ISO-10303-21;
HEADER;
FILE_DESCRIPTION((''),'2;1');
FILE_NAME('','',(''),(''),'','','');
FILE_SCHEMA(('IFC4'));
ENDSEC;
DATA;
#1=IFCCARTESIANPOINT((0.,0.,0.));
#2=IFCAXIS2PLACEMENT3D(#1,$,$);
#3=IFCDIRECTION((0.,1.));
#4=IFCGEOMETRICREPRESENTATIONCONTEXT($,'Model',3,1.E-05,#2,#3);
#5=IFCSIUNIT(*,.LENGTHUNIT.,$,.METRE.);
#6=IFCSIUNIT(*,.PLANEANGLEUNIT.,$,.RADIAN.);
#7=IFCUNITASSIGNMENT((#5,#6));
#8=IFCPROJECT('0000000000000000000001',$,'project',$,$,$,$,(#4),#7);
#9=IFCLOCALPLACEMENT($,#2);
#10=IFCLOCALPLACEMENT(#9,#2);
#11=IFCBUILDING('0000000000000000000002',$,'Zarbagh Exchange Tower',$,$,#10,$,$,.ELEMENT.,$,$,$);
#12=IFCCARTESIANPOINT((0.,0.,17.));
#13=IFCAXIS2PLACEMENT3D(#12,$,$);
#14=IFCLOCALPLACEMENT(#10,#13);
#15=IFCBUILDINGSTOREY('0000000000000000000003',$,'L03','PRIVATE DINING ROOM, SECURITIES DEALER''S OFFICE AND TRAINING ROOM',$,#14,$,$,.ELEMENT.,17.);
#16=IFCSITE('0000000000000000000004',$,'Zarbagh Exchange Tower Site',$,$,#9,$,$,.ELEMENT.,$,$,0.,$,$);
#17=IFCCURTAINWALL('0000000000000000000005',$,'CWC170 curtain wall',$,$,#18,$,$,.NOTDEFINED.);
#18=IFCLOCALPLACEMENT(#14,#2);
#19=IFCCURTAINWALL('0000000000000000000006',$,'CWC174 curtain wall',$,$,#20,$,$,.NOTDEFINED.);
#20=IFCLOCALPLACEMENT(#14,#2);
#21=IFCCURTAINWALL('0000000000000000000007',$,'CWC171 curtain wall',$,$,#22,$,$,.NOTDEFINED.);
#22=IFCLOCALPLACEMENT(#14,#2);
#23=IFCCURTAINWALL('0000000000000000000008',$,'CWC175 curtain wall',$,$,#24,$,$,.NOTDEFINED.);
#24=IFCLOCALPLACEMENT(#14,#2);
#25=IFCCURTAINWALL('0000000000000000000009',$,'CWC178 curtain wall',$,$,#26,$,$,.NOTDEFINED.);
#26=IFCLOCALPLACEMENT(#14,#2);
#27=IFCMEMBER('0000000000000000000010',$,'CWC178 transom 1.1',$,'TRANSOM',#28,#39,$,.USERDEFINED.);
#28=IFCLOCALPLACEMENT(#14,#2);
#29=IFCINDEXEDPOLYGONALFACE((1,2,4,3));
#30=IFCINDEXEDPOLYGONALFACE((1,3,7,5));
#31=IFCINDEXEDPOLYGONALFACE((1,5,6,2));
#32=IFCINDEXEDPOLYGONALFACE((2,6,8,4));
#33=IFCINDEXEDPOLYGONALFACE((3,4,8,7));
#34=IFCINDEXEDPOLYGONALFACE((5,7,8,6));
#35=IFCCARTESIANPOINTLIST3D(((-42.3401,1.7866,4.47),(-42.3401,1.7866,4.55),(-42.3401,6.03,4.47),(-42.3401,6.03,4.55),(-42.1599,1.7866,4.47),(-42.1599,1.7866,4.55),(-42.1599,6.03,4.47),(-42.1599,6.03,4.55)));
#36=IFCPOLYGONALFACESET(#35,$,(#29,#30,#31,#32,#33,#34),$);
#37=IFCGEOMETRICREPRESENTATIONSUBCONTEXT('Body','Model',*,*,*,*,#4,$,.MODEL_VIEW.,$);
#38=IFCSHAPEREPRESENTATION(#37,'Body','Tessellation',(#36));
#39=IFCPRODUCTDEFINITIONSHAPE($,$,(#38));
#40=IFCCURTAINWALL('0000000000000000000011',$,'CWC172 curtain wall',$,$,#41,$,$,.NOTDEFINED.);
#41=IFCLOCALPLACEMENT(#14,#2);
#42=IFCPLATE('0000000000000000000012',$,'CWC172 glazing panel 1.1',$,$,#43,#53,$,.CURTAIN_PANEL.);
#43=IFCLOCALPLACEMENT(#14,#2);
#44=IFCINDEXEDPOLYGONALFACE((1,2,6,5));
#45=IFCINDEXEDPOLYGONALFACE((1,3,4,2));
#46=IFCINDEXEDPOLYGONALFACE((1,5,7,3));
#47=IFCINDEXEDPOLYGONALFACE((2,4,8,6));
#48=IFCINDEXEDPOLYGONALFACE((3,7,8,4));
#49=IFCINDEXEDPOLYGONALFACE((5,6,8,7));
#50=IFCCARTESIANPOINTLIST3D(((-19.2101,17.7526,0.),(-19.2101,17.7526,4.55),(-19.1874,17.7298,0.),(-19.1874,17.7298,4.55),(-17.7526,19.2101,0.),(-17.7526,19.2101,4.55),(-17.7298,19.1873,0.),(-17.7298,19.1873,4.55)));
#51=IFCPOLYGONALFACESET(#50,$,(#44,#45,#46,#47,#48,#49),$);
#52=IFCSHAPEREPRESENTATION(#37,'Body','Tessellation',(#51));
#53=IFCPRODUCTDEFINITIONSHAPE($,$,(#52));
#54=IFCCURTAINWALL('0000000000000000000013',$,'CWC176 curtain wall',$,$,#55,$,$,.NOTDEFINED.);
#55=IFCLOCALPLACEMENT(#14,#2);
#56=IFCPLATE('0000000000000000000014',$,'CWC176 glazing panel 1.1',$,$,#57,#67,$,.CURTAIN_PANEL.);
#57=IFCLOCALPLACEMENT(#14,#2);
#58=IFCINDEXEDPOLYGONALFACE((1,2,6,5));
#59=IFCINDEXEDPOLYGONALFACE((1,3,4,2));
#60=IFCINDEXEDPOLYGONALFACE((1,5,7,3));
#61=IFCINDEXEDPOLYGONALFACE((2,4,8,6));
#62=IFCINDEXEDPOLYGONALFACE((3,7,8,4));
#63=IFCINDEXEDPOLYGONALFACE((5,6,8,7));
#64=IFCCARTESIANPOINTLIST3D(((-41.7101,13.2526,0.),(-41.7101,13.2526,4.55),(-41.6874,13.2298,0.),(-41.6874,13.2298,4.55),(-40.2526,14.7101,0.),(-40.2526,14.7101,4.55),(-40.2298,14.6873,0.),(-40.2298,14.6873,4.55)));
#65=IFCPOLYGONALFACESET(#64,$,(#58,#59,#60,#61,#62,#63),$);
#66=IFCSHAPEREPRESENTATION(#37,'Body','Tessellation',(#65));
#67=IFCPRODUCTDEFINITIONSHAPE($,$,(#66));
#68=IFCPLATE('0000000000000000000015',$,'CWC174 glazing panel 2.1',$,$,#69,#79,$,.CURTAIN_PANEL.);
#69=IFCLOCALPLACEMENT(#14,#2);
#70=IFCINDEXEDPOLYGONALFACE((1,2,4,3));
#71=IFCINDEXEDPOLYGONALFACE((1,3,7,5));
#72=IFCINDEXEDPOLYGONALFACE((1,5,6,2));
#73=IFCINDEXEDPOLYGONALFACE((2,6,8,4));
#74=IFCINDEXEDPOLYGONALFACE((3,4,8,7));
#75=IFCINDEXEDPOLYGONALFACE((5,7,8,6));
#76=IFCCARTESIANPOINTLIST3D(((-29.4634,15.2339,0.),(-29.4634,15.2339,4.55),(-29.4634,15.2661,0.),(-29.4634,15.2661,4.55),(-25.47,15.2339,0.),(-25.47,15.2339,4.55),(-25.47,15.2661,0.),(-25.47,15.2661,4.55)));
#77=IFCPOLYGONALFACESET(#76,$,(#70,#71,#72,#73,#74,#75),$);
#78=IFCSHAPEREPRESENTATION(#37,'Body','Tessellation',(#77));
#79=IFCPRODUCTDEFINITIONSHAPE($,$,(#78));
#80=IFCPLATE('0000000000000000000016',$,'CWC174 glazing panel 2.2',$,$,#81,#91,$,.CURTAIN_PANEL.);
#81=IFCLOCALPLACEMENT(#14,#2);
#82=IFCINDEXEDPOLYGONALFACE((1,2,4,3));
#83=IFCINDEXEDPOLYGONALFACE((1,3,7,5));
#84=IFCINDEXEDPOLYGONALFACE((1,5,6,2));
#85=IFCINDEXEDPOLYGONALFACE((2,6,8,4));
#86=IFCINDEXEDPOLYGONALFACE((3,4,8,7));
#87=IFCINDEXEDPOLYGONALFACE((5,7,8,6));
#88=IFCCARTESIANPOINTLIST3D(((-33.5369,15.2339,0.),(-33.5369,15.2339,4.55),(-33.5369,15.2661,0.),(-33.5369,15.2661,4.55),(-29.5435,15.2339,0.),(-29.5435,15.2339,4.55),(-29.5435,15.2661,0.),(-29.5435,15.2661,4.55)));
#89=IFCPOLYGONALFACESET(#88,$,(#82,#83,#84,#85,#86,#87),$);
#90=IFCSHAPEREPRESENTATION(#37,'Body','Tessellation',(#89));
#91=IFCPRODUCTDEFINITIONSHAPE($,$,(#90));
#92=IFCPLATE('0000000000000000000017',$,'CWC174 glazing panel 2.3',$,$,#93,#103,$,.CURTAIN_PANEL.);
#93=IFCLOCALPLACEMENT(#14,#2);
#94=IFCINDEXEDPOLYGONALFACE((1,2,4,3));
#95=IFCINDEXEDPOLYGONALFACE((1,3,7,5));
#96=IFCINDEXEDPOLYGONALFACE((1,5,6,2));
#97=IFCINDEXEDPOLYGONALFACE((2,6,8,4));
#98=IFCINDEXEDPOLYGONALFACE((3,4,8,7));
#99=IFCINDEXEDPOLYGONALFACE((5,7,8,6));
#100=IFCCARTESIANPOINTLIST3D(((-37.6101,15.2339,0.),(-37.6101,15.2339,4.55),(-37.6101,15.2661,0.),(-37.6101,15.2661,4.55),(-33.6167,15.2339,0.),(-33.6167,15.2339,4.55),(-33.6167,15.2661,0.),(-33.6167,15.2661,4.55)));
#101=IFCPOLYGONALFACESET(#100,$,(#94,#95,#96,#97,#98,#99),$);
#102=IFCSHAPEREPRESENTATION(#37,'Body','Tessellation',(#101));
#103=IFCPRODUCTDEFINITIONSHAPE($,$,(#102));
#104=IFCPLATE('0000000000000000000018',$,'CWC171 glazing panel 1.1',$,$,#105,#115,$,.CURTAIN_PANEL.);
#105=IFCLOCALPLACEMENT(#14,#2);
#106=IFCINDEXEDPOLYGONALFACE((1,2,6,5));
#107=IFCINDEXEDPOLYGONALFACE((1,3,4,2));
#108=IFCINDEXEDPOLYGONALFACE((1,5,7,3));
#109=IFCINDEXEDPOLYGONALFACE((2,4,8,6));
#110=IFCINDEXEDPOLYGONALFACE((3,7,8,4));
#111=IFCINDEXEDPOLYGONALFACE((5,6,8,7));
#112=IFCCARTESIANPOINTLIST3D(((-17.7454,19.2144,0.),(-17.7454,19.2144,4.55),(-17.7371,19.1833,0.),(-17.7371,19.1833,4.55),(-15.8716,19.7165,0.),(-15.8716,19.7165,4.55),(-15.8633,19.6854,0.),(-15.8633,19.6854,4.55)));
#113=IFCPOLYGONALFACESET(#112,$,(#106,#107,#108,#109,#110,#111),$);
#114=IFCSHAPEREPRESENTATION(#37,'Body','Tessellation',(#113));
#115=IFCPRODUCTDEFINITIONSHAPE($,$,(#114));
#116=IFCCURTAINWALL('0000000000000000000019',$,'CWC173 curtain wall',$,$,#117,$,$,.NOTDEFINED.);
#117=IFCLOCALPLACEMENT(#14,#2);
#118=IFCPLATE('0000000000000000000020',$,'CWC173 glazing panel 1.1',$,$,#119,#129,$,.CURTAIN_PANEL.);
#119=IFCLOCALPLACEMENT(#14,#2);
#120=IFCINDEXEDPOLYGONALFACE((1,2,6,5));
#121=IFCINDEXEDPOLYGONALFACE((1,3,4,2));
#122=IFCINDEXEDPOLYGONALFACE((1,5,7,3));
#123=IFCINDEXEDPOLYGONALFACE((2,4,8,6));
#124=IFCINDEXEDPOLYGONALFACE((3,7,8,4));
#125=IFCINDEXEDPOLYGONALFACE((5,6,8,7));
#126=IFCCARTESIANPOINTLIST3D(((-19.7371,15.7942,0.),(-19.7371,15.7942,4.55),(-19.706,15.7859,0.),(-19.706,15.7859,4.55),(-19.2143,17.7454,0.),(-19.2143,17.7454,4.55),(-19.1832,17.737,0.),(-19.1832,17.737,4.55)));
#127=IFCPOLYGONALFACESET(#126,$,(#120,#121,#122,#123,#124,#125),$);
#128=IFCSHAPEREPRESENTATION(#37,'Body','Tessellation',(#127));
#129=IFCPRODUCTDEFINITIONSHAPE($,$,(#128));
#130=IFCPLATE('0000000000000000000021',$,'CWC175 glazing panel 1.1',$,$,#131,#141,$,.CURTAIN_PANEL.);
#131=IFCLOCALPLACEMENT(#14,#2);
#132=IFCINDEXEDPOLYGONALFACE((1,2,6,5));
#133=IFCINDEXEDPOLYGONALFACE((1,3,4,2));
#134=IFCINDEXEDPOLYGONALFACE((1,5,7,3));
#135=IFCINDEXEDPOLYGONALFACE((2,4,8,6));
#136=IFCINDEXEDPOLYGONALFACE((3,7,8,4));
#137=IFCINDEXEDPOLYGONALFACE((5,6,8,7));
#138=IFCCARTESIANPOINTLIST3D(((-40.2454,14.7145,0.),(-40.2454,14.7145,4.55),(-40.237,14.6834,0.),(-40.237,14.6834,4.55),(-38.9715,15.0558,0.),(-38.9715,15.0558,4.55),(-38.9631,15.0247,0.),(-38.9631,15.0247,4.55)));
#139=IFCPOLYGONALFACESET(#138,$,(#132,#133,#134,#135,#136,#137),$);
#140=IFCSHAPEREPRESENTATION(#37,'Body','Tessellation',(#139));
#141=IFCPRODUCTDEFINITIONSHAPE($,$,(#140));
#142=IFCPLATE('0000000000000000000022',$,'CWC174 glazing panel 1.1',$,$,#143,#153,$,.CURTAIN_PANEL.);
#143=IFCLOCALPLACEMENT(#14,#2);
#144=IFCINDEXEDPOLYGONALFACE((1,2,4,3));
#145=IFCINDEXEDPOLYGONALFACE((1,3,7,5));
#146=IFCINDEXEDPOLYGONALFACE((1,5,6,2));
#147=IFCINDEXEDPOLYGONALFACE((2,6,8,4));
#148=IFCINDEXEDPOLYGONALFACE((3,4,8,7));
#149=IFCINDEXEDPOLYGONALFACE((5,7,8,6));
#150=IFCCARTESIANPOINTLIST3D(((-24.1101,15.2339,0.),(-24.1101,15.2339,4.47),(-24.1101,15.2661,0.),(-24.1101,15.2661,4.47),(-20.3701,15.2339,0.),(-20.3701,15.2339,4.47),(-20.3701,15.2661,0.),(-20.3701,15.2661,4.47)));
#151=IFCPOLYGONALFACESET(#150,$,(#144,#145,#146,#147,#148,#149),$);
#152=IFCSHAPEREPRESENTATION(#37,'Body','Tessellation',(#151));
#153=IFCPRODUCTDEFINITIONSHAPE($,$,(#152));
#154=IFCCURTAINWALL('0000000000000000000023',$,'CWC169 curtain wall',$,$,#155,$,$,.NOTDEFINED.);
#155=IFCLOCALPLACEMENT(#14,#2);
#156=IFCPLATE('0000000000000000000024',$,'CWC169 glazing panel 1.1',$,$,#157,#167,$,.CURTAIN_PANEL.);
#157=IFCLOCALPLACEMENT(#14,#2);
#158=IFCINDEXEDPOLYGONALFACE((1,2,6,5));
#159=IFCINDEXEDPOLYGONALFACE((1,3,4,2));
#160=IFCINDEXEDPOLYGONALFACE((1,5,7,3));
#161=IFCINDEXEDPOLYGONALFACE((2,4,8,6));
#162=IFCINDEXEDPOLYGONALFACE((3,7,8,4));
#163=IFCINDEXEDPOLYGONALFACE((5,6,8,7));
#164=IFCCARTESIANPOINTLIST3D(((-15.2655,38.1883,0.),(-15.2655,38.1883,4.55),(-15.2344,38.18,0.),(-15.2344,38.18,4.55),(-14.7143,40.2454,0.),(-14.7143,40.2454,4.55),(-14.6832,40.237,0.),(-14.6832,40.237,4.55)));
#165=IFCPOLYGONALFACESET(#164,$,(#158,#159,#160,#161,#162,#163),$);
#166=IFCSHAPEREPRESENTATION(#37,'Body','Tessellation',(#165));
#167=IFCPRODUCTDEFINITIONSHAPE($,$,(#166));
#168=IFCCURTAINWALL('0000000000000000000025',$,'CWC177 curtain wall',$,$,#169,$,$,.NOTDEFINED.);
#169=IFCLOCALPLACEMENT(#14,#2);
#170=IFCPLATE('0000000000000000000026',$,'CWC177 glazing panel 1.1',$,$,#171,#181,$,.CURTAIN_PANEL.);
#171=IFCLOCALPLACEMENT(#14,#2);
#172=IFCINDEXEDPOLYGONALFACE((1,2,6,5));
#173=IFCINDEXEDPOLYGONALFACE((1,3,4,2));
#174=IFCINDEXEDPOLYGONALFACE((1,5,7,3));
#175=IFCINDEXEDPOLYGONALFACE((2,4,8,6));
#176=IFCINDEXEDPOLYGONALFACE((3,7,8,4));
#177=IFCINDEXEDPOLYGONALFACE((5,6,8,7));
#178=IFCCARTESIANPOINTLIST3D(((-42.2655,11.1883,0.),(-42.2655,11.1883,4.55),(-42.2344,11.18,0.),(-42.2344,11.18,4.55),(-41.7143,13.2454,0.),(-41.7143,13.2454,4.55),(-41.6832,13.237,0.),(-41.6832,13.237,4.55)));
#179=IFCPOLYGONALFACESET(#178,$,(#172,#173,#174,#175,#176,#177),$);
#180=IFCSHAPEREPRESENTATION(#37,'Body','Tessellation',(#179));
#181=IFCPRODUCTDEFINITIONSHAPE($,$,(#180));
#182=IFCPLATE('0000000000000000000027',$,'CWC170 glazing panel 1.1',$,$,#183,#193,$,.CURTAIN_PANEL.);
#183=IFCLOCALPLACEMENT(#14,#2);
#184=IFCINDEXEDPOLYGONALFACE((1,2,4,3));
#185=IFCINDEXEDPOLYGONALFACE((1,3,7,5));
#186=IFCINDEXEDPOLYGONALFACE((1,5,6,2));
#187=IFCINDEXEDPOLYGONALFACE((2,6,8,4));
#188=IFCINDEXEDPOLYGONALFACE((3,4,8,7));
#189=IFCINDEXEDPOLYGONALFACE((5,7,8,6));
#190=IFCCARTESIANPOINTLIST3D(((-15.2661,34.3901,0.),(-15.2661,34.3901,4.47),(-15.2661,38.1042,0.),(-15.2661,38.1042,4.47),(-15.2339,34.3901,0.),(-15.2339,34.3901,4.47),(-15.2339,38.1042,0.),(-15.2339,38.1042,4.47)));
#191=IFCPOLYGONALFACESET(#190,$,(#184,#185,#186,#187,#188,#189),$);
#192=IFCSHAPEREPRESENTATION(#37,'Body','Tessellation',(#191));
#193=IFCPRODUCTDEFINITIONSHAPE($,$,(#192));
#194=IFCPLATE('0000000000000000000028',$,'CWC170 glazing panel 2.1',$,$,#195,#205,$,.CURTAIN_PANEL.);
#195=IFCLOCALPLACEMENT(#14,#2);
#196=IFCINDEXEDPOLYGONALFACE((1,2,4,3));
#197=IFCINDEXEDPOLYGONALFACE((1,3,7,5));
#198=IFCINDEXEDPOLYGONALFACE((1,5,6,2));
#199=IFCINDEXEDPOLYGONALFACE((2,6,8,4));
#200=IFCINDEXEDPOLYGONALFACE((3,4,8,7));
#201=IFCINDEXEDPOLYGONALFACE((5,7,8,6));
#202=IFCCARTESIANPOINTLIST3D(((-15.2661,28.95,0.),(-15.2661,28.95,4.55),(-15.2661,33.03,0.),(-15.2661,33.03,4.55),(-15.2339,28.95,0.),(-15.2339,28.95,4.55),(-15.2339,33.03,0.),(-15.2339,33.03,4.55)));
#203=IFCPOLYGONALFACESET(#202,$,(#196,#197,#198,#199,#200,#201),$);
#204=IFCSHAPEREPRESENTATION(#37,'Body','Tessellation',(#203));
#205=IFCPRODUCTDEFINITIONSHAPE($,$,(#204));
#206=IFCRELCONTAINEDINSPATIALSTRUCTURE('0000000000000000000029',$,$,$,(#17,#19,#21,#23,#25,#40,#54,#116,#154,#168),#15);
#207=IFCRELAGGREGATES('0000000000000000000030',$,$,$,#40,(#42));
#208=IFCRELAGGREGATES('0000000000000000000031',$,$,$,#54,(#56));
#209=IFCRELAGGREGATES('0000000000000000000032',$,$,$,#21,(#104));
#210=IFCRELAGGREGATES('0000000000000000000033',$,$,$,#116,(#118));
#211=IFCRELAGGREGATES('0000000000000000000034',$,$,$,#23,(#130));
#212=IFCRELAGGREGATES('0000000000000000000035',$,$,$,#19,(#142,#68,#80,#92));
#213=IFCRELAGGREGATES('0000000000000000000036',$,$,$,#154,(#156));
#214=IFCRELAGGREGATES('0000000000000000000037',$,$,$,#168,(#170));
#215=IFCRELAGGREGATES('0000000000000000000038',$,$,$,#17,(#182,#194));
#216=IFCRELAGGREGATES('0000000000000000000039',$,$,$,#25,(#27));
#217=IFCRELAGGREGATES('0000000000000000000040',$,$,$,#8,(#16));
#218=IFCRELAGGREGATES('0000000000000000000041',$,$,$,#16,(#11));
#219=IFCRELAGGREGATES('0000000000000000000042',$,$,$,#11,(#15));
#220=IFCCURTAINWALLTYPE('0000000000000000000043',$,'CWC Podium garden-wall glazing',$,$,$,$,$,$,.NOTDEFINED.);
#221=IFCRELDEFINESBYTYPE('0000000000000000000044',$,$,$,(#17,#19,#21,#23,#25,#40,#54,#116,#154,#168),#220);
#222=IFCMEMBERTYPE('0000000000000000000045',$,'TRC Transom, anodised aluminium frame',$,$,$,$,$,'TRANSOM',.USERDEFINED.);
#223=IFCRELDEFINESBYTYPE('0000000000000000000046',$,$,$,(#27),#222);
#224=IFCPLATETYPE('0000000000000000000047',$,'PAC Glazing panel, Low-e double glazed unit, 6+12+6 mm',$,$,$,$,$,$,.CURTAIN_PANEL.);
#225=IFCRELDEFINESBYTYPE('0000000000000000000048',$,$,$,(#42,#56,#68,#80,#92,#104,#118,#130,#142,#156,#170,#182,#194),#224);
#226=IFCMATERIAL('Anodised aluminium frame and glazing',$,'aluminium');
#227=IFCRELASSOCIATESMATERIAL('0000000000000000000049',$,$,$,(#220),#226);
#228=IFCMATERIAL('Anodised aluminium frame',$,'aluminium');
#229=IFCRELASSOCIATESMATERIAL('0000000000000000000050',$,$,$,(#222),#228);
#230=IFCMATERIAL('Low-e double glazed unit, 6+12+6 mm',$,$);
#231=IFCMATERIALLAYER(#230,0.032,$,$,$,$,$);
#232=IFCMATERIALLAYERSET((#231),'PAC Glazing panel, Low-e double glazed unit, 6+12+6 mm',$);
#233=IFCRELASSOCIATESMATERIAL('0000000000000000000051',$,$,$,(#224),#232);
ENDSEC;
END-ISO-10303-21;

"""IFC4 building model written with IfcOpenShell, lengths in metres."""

from ifc_helpers import new_model, si_unit, direction, frame, origin, place, context, subcontext, project, spatial, polyline, outline, extrude, source, transform, mapped, material, layer, layer_set, type_object, element, aggregate, save


model = new_model("IFC4")

# Units and contexts
model_context = context("Model", 3, precision=1e-05, world=origin(), true_north=direction((0.0, 1.0)))
body_context = subcontext(model_context, "Body", "Model", "MODEL_VIEW")
ifc_project = project(units=[si_unit("LENGTHUNIT", "METRE"), si_unit("PLANEANGLEUNIT", "RADIAN")], contexts=[model_context])

# Site, building, storey
site_placement = place(None, origin())
site = spatial("IfcSite", under=ifc_project, at=site_placement, Name="Zarbagh Exchange Tower Site", CompositionType="ELEMENT", RefElevation=0.0)
building_placement = place(site_placement, origin())
building = spatial("IfcBuilding", under=site, at=building_placement, Name="Zarbagh Exchange Tower", CompositionType="ELEMENT")
storey_placement = place(building_placement, frame((0.0, 0.0, 17.0)))
storey = spatial("IfcBuildingStorey", under=building, at=storey_placement, Name="L03", Description="PRIVATE DINING ROOM, SECURITIES DEALER'S OFFICE AND TRAINING ROOM", CompositionType="ELEMENT", Elevation=17.0)

# Curtain walls
ifc_material_1 = material(Name="Anodised aluminium frame and glazing", Category="aluminium")
curtain_wall_type = type_object("IfcCurtainWallType", Name="CWC Podium garden-wall glazing", PredefinedType="NOTDEFINED", material=ifc_material_1)
curtain_wall_1_placement = place(storey_placement, origin())
curtain_wall_1 = element("IfcCurtainWall", 1, at=curtain_wall_1_placement, inside=storey, type_object=curtain_wall_type, Name="CWC170 curtain wall", PredefinedType="NOTDEFINED")
ifc_material_2 = material(Name="Anodised aluminium frame", Category="aluminium")
member_type_1 = type_object("IfcMemberType", Name="TRC Transom, anodised aluminium frame", ElementType="TRANSOM", PredefinedType="USERDEFINED", material=ifc_material_2)
placement = place(storey_placement, origin())
curtain_wall_2_placement = place(storey_placement, origin())
curtain_wall_2 = element("IfcCurtainWall", 2, at=curtain_wall_2_placement, inside=storey, type_object=curtain_wall_type, Name="CWC174 curtain wall", PredefinedType="NOTDEFINED")

# Curtain wall
curtain_wall_3_placement = place(storey_placement, origin())
curtain_wall_3 = element("IfcCurtainWall", 3, at=curtain_wall_3_placement, inside=storey, type_object=curtain_wall_type, Name="CWC171 curtain wall", PredefinedType="NOTDEFINED")

# Curtain wall
curtain_wall_4_placement = place(storey_placement, origin())
curtain_wall_4 = element("IfcCurtainWall", 4, at=curtain_wall_4_placement, inside=storey, type_object=curtain_wall_type, Name="CWC175 curtain wall", PredefinedType="NOTDEFINED")

# Curtain wall, member
curtain_wall_5_placement = place(storey_placement, origin())
curtain_wall_5 = element("IfcCurtainWall", 5, at=curtain_wall_5_placement, inside=storey, type_object=curtain_wall_type, Name="CWC178 curtain wall", PredefinedType="NOTDEFINED")
shared_shape_1 = source(origin(), body_context, "Body", "SweptSolid", [
    extrude(outline(polyline([(-0.0801, -0.0901), (0.0, -0.0901), (0.0, 0.0901), (-0.0801, 0.0901), (-0.0801, -0.0901)])), origin(), (0.0, 0.0, 1.0), 4.2434),
])
member_1 = element("IfcMember", 6, at=placement, type_object=member_type_1, Name="CWC178 transom 1.1", ObjectType="TRANSOM", PredefinedType="USERDEFINED", context=body_context, shape_type="MappedRepresentation", body=[
    mapped(shared_shape_1, transform((-42.25, 6.03, 4.55), x_axis=(0.0, 0.0, 1.0), y_axis=(-1.0, 0.0, 0.0), z_axis=(0.0, -1.0, 0.0))),
])

# Curtain walls, plates
curtain_wall_6_placement = place(storey_placement, origin())
curtain_wall_6 = element("IfcCurtainWall", 7, at=curtain_wall_6_placement, inside=storey, type_object=curtain_wall_type, Name="CWC172 curtain wall", PredefinedType="NOTDEFINED")
ifc_material_3 = material(Name="Low-e double glazed unit, 6+12+6 mm")
ifc_layer = layer(ifc_material_3, 0.032)
ifc_layer_set = layer_set([ifc_layer], Name="PAC Glazing panel, Low-e double glazed unit, 6+12+6 mm")
plate_type = type_object("IfcPlateType", Name="PAC Glazing panel, Low-e double glazed unit, 6+12+6 mm", PredefinedType="CURTAIN_PANEL", material=ifc_layer_set)
shared_shape_2 = source(origin(), body_context, "Body", "SweptSolid", [
    extrude(outline(polyline([(0.0, -0.0161), (2.0613, -0.0161), (2.0613, 0.0161), (0.0, 0.0161), (0.0, -0.0161)])), origin(), (0.0, 0.0, 1.0), 4.55),
])
plate_1 = element("IfcPlate", 8, at=placement, type_object=plate_type, Name="CWC172 glazing panel 1.1", PredefinedType="CURTAIN_PANEL", context=body_context, shape_type="MappedRepresentation", body=[
    mapped(shared_shape_2, transform((-17.7412, 19.1987, 0.0), x_axis=(-0.707107, -0.707107, 0.0), y_axis=(0.707107, -0.707107, 0.0), z_axis=(0.0, 0.0, 1.0))),
])
aggregate(curtain_wall_6, [plate_1])
curtain_wall_7_placement = place(storey_placement, origin())
curtain_wall_7 = element("IfcCurtainWall", 9, at=curtain_wall_7_placement, inside=storey, type_object=curtain_wall_type, Name="CWC176 curtain wall", PredefinedType="NOTDEFINED")
plate_2 = element("IfcPlate", 10, at=placement, type_object=plate_type, Name="CWC176 glazing panel 1.1", PredefinedType="CURTAIN_PANEL", context=body_context, shape_type="MappedRepresentation", body=[
    mapped(shared_shape_2, transform((-40.2412, 14.6987, 0.0), x_axis=(-0.707107, -0.707107, 0.0), y_axis=(0.707107, -0.707107, 0.0), z_axis=(0.0, 0.0, 1.0))),
])
aggregate(curtain_wall_7, [plate_2])

# Plates
shared_shape_3 = source(origin(), body_context, "Body", "SweptSolid", [
    extrude(outline(polyline([(0.0, -0.0161), (3.9934, -0.0161), (3.9934, 0.0161), (0.0, 0.0161), (0.0, -0.0161)])), origin(), (0.0, 0.0, 1.0), 4.55),
])
plate_3 = element("IfcPlate", 11, at=placement, type_object=plate_type, Name="CWC174 glazing panel 2.1", PredefinedType="CURTAIN_PANEL", context=body_context, shape_type="MappedRepresentation", body=[
    mapped(shared_shape_3, transform((-25.47, 15.25, 0.0), x_axis=(-1.0, 0.0, 0.0), y_axis=(0.0, -1.0, 0.0), z_axis=(0.0, 0.0, 1.0))),
])
plate_4 = element("IfcPlate", 12, at=placement, type_object=plate_type, Name="CWC174 glazing panel 2.2", PredefinedType="CURTAIN_PANEL", context=body_context, shape_type="MappedRepresentation", body=[
    mapped(shared_shape_3, transform((-29.5435, 15.25, 0.0), x_axis=(-1.0, 0.0, 0.0), y_axis=(0.0, -1.0, 0.0), z_axis=(0.0, 0.0, 1.0))),
])
plate_5 = element("IfcPlate", 13, at=placement, type_object=plate_type, Name="CWC174 glazing panel 2.3", PredefinedType="CURTAIN_PANEL", context=body_context, shape_type="MappedRepresentation", body=[
    mapped(shared_shape_3, transform((-33.6167, 15.25, 0.0), x_axis=(-1.0, 0.0, 0.0), y_axis=(0.0, -1.0, 0.0), z_axis=(0.0, 0.0, 1.0))),
])
shared_shape_4 = source(origin(), body_context, "Body", "SweptSolid", [
    extrude(outline(polyline([(0.0, -0.0161), (1.9399, -0.0161), (1.9399, 0.0161), (0.0, 0.0161), (0.0, -0.0161)])), origin(), (0.0, 0.0, 1.0), 4.55),
])
plate_6 = element("IfcPlate", 14, at=placement, type_object=plate_type, Name="CWC171 glazing panel 1.1", PredefinedType="CURTAIN_PANEL", context=body_context, shape_type="MappedRepresentation", body=[
    mapped(shared_shape_4, transform((-15.8674, 19.7009, 0.0), x_axis=(-0.965924, -0.258825, 0.0), y_axis=(0.258825, -0.965924, 0.0), z_axis=(0.0, 0.0, 1.0))),
])
aggregate(curtain_wall_3, [plate_6])

# Curtain wall, plate
curtain_wall_8_placement = place(storey_placement, origin())
curtain_wall_8 = element("IfcCurtainWall", 15, at=curtain_wall_8_placement, inside=storey, type_object=curtain_wall_type, Name="CWC173 curtain wall", PredefinedType="NOTDEFINED")
shared_shape_5 = source(origin(), body_context, "Body", "SweptSolid", [
    extrude(outline(polyline([(0.0, -0.0161), (2.02, -0.0161), (2.02, 0.0161), (0.0, 0.0161), (0.0, -0.0161)])), origin(), (0.0, 0.0, 1.0), 4.55),
])
plate_7 = element("IfcPlate", 16, at=placement, type_object=plate_type, Name="CWC173 glazing panel 1.1", PredefinedType="CURTAIN_PANEL", context=body_context, shape_type="MappedRepresentation", body=[
    mapped(shared_shape_5, transform((-19.1987, 17.7412, 0.0), x_axis=(-0.258825, -0.965924, 0.0), y_axis=(0.965924, -0.258825, 0.0), z_axis=(0.0, 0.0, 1.0))),
])
aggregate(curtain_wall_8, [plate_7])

# Plates
shared_shape_6 = source(origin(), body_context, "Body", "SweptSolid", [
    extrude(outline(polyline([(0.0, -0.0161), (1.3188, -0.0161), (1.3188, 0.0161), (0.0, 0.0161), (0.0, -0.0161)])), origin(), (0.0, 0.0, 1.0), 4.55),
])
plate_8 = element("IfcPlate", 17, at=placement, type_object=plate_type, Name="CWC175 glazing panel 1.1", PredefinedType="CURTAIN_PANEL", context=body_context, shape_type="MappedRepresentation", body=[
    mapped(shared_shape_6, transform((-38.9673, 15.0403, 0.0), x_axis=(-0.965924, -0.258825, 0.0), y_axis=(0.258825, -0.965924, 0.0), z_axis=(0.0, 0.0, 1.0))),
])
aggregate(curtain_wall_4, [plate_8])
shared_shape_7 = source(origin(), body_context, "Body", "SweptSolid", [
    extrude(outline(polyline([(0.0, -0.0161), (3.74, -0.0161), (3.74, 0.0161), (0.0, 0.0161), (0.0, -0.0161)])), origin(), (0.0, 0.0, 1.0), 4.47),
])
plate_9 = element("IfcPlate", 18, at=placement, type_object=plate_type, Name="CWC174 glazing panel 1.1", PredefinedType="CURTAIN_PANEL", context=body_context, shape_type="MappedRepresentation", body=[
    mapped(shared_shape_7, transform((-20.3701, 15.25, 0.0), x_axis=(-1.0, 0.0, 0.0), y_axis=(0.0, -1.0, 0.0), z_axis=(0.0, 0.0, 1.0))),
])
aggregate(curtain_wall_2, [plate_9, plate_3, plate_4, plate_5])

# Curtain walls, plates
curtain_wall_9_placement = place(storey_placement, origin())
curtain_wall_9 = element("IfcCurtainWall", 19, at=curtain_wall_9_placement, inside=storey, type_object=curtain_wall_type, Name="CWC169 curtain wall", PredefinedType="NOTDEFINED")
shared_shape_8 = source(origin(), body_context, "Body", "SweptSolid", [
    extrude(outline(polyline([(0.0, -0.0161), (2.1296, -0.0161), (2.1296, 0.0161), (0.0, 0.0161), (0.0, -0.0161)])), origin(), (0.0, 0.0, 1.0), 4.55),
])
plate_10 = element("IfcPlate", 20, at=placement, type_object=plate_type, Name="CWC169 glazing panel 1.1", PredefinedType="CURTAIN_PANEL", context=body_context, shape_type="MappedRepresentation", body=[
    mapped(shared_shape_8, transform((-14.6987, 40.2412, 0.0), x_axis=(-0.258825, -0.965924, 0.0), y_axis=(0.965924, -0.258825, 0.0), z_axis=(0.0, 0.0, 1.0))),
])
aggregate(curtain_wall_9, [plate_10])
curtain_wall_10_placement = place(storey_placement, origin())
curtain_wall_10 = element("IfcCurtainWall", 21, at=curtain_wall_10_placement, inside=storey, type_object=curtain_wall_type, Name="CWC177 curtain wall", PredefinedType="NOTDEFINED")
plate_11 = element("IfcPlate", 22, at=placement, type_object=plate_type, Name="CWC177 glazing panel 1.1", PredefinedType="CURTAIN_PANEL", context=body_context, shape_type="MappedRepresentation", body=[
    mapped(shared_shape_8, transform((-41.6987, 13.2412, 0.0), x_axis=(-0.258825, -0.965924, 0.0), y_axis=(0.965924, -0.258825, 0.0), z_axis=(0.0, 0.0, 1.0))),
])
aggregate(curtain_wall_10, [plate_11])

# Plates
shared_shape_9 = source(origin(), body_context, "Body", "SweptSolid", [
    extrude(outline(polyline([(0.0, -0.0161), (3.7141, -0.0161), (3.7141, 0.0161), (0.0, 0.0161), (0.0, -0.0161)])), origin(), (0.0, 0.0, 1.0), 4.47),
])
plate_12 = element("IfcPlate", 23, at=placement, type_object=plate_type, Name="CWC170 glazing panel 1.1", PredefinedType="CURTAIN_PANEL", context=body_context, shape_type="MappedRepresentation", body=[
    mapped(shared_shape_9, transform((-15.25, 38.1042, 0.0), x_axis=(0.0, -1.0, 0.0), y_axis=(1.0, 0.0, 0.0), z_axis=(0.0, 0.0, 1.0))),
])
shared_shape_10 = source(origin(), body_context, "Body", "SweptSolid", [
    extrude(outline(polyline([(0.0, -0.0161), (4.0801, -0.0161), (4.0801, 0.0161), (0.0, 0.0161), (0.0, -0.0161)])), origin(), (0.0, 0.0, 1.0), 4.55),
])
plate_13 = element("IfcPlate", 24, at=placement, type_object=plate_type, Name="CWC170 glazing panel 2.1", PredefinedType="CURTAIN_PANEL", context=body_context, shape_type="MappedRepresentation", body=[
    mapped(shared_shape_10, transform((-15.25, 33.03, 0.0), x_axis=(0.0, -1.0, 0.0), y_axis=(1.0, 0.0, 0.0), z_axis=(0.0, 0.0, 1.0))),
])
aggregate(curtain_wall_1, [plate_12, plate_13])
aggregate(curtain_wall_5, [member_1])

save(model, "model.ifc")
